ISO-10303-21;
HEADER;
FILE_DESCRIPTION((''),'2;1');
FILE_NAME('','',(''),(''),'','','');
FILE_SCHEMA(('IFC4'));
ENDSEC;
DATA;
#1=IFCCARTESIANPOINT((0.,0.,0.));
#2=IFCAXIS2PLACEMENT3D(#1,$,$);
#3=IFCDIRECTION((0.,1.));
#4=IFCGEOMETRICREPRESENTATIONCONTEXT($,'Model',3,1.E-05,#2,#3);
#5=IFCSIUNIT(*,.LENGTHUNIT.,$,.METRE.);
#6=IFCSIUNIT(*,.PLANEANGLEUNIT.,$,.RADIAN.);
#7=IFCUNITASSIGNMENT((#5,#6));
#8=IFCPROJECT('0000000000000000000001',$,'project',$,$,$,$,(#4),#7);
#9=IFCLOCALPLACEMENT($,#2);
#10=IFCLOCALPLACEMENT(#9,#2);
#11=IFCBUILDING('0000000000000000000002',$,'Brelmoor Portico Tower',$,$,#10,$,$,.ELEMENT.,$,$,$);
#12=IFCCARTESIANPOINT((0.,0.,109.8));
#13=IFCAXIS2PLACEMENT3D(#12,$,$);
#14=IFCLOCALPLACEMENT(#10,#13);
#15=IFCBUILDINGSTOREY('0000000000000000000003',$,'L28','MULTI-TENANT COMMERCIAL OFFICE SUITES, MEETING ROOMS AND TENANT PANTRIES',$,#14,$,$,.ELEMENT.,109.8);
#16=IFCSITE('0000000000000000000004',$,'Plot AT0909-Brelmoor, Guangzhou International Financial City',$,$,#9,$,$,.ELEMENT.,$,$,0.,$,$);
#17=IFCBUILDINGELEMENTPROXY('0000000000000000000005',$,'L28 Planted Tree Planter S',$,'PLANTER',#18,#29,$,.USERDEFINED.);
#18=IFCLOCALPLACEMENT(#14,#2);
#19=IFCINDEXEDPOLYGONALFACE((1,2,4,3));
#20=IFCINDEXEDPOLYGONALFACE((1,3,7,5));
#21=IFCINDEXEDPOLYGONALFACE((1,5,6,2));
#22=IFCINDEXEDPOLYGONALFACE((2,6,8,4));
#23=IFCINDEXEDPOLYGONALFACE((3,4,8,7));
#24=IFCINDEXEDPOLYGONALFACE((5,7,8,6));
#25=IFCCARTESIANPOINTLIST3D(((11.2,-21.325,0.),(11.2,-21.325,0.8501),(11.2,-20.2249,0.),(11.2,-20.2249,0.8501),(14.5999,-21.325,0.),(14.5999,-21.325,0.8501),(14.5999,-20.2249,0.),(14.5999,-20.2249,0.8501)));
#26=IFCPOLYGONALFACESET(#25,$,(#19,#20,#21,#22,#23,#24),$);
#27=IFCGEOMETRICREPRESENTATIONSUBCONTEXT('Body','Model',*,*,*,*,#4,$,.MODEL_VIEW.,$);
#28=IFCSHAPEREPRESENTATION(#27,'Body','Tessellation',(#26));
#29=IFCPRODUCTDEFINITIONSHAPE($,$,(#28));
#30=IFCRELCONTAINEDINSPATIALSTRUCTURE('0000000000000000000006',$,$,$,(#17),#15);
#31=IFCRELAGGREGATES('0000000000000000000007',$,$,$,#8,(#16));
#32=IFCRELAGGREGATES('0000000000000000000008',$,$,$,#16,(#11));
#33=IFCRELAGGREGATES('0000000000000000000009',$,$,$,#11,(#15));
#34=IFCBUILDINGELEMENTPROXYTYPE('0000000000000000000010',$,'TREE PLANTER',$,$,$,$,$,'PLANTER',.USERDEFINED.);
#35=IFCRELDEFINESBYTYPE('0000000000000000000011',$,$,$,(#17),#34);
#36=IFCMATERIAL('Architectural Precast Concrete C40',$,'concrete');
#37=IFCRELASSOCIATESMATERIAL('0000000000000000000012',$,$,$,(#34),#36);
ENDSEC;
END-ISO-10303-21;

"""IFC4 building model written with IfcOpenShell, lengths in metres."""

from ifc_helpers import new_model, si_unit, direction, frame, origin, origin_2d, place, context, subcontext, project, spatial, rectangle, extrude, material, type_object, element, save


model = new_model("IFC4")

# Units and contexts
model_context = context("Model", 3, precision=1e-05, world=origin(), true_north=direction((0.0, 1.0)))
body_context = subcontext(model_context, "Body", "Model", "MODEL_VIEW")
ifc_project = project(units=[si_unit("LENGTHUNIT", "METRE"), si_unit("PLANEANGLEUNIT", "RADIAN")], contexts=[model_context])

# Site, building, storey
site_placement = place(None, origin())
site = spatial("IfcSite", under=ifc_project, at=site_placement, Name="Plot AT0909-Brelmoor, Guangzhou International Financial City", CompositionType="ELEMENT", RefElevation=0.0)
building_placement = place(site_placement, origin())
building = spatial("IfcBuilding", under=site, at=building_placement, Name="Brelmoor Portico Tower", CompositionType="ELEMENT")
storey_placement = place(building_placement, frame((0.0, 0.0, 109.8)))
storey = spatial("IfcBuildingStorey", under=building, at=storey_placement, Name="L28", Description="MULTI-TENANT COMMERCIAL OFFICE SUITES, MEETING ROOMS AND TENANT PANTRIES", CompositionType="ELEMENT", Elevation=109.8)

# Building element proxy
ifc_material_1 = material(Name="Architectural Precast Concrete C40", Category="concrete")
building_element_proxy_type_1 = type_object("IfcBuildingElementProxyType", Name="TREE PLANTER", ElementType="PLANTER", PredefinedType="USERDEFINED", material=ifc_material_1)
proxy_1_placement = place(storey_placement, frame((12.8999, -20.7749, 0.0), z_axis=(0.0, 0.0, 1.0), x_axis=(1.0, 0.0, 0.0)))
element("IfcBuildingElementProxy", 1, at=proxy_1_placement, inside=storey, type_object=building_element_proxy_type_1, Name="L28 Planted Tree Planter S", ObjectType="PLANTER", PredefinedType="USERDEFINED", context=body_context, shape_type="SweptSolid", body=[
    extrude(rectangle(XDim=3.3999, YDim=1.1001, at=origin_2d()), origin(), (0.0, 0.0, 1.0), 0.8501),
])

save(model, "model.ifc")
